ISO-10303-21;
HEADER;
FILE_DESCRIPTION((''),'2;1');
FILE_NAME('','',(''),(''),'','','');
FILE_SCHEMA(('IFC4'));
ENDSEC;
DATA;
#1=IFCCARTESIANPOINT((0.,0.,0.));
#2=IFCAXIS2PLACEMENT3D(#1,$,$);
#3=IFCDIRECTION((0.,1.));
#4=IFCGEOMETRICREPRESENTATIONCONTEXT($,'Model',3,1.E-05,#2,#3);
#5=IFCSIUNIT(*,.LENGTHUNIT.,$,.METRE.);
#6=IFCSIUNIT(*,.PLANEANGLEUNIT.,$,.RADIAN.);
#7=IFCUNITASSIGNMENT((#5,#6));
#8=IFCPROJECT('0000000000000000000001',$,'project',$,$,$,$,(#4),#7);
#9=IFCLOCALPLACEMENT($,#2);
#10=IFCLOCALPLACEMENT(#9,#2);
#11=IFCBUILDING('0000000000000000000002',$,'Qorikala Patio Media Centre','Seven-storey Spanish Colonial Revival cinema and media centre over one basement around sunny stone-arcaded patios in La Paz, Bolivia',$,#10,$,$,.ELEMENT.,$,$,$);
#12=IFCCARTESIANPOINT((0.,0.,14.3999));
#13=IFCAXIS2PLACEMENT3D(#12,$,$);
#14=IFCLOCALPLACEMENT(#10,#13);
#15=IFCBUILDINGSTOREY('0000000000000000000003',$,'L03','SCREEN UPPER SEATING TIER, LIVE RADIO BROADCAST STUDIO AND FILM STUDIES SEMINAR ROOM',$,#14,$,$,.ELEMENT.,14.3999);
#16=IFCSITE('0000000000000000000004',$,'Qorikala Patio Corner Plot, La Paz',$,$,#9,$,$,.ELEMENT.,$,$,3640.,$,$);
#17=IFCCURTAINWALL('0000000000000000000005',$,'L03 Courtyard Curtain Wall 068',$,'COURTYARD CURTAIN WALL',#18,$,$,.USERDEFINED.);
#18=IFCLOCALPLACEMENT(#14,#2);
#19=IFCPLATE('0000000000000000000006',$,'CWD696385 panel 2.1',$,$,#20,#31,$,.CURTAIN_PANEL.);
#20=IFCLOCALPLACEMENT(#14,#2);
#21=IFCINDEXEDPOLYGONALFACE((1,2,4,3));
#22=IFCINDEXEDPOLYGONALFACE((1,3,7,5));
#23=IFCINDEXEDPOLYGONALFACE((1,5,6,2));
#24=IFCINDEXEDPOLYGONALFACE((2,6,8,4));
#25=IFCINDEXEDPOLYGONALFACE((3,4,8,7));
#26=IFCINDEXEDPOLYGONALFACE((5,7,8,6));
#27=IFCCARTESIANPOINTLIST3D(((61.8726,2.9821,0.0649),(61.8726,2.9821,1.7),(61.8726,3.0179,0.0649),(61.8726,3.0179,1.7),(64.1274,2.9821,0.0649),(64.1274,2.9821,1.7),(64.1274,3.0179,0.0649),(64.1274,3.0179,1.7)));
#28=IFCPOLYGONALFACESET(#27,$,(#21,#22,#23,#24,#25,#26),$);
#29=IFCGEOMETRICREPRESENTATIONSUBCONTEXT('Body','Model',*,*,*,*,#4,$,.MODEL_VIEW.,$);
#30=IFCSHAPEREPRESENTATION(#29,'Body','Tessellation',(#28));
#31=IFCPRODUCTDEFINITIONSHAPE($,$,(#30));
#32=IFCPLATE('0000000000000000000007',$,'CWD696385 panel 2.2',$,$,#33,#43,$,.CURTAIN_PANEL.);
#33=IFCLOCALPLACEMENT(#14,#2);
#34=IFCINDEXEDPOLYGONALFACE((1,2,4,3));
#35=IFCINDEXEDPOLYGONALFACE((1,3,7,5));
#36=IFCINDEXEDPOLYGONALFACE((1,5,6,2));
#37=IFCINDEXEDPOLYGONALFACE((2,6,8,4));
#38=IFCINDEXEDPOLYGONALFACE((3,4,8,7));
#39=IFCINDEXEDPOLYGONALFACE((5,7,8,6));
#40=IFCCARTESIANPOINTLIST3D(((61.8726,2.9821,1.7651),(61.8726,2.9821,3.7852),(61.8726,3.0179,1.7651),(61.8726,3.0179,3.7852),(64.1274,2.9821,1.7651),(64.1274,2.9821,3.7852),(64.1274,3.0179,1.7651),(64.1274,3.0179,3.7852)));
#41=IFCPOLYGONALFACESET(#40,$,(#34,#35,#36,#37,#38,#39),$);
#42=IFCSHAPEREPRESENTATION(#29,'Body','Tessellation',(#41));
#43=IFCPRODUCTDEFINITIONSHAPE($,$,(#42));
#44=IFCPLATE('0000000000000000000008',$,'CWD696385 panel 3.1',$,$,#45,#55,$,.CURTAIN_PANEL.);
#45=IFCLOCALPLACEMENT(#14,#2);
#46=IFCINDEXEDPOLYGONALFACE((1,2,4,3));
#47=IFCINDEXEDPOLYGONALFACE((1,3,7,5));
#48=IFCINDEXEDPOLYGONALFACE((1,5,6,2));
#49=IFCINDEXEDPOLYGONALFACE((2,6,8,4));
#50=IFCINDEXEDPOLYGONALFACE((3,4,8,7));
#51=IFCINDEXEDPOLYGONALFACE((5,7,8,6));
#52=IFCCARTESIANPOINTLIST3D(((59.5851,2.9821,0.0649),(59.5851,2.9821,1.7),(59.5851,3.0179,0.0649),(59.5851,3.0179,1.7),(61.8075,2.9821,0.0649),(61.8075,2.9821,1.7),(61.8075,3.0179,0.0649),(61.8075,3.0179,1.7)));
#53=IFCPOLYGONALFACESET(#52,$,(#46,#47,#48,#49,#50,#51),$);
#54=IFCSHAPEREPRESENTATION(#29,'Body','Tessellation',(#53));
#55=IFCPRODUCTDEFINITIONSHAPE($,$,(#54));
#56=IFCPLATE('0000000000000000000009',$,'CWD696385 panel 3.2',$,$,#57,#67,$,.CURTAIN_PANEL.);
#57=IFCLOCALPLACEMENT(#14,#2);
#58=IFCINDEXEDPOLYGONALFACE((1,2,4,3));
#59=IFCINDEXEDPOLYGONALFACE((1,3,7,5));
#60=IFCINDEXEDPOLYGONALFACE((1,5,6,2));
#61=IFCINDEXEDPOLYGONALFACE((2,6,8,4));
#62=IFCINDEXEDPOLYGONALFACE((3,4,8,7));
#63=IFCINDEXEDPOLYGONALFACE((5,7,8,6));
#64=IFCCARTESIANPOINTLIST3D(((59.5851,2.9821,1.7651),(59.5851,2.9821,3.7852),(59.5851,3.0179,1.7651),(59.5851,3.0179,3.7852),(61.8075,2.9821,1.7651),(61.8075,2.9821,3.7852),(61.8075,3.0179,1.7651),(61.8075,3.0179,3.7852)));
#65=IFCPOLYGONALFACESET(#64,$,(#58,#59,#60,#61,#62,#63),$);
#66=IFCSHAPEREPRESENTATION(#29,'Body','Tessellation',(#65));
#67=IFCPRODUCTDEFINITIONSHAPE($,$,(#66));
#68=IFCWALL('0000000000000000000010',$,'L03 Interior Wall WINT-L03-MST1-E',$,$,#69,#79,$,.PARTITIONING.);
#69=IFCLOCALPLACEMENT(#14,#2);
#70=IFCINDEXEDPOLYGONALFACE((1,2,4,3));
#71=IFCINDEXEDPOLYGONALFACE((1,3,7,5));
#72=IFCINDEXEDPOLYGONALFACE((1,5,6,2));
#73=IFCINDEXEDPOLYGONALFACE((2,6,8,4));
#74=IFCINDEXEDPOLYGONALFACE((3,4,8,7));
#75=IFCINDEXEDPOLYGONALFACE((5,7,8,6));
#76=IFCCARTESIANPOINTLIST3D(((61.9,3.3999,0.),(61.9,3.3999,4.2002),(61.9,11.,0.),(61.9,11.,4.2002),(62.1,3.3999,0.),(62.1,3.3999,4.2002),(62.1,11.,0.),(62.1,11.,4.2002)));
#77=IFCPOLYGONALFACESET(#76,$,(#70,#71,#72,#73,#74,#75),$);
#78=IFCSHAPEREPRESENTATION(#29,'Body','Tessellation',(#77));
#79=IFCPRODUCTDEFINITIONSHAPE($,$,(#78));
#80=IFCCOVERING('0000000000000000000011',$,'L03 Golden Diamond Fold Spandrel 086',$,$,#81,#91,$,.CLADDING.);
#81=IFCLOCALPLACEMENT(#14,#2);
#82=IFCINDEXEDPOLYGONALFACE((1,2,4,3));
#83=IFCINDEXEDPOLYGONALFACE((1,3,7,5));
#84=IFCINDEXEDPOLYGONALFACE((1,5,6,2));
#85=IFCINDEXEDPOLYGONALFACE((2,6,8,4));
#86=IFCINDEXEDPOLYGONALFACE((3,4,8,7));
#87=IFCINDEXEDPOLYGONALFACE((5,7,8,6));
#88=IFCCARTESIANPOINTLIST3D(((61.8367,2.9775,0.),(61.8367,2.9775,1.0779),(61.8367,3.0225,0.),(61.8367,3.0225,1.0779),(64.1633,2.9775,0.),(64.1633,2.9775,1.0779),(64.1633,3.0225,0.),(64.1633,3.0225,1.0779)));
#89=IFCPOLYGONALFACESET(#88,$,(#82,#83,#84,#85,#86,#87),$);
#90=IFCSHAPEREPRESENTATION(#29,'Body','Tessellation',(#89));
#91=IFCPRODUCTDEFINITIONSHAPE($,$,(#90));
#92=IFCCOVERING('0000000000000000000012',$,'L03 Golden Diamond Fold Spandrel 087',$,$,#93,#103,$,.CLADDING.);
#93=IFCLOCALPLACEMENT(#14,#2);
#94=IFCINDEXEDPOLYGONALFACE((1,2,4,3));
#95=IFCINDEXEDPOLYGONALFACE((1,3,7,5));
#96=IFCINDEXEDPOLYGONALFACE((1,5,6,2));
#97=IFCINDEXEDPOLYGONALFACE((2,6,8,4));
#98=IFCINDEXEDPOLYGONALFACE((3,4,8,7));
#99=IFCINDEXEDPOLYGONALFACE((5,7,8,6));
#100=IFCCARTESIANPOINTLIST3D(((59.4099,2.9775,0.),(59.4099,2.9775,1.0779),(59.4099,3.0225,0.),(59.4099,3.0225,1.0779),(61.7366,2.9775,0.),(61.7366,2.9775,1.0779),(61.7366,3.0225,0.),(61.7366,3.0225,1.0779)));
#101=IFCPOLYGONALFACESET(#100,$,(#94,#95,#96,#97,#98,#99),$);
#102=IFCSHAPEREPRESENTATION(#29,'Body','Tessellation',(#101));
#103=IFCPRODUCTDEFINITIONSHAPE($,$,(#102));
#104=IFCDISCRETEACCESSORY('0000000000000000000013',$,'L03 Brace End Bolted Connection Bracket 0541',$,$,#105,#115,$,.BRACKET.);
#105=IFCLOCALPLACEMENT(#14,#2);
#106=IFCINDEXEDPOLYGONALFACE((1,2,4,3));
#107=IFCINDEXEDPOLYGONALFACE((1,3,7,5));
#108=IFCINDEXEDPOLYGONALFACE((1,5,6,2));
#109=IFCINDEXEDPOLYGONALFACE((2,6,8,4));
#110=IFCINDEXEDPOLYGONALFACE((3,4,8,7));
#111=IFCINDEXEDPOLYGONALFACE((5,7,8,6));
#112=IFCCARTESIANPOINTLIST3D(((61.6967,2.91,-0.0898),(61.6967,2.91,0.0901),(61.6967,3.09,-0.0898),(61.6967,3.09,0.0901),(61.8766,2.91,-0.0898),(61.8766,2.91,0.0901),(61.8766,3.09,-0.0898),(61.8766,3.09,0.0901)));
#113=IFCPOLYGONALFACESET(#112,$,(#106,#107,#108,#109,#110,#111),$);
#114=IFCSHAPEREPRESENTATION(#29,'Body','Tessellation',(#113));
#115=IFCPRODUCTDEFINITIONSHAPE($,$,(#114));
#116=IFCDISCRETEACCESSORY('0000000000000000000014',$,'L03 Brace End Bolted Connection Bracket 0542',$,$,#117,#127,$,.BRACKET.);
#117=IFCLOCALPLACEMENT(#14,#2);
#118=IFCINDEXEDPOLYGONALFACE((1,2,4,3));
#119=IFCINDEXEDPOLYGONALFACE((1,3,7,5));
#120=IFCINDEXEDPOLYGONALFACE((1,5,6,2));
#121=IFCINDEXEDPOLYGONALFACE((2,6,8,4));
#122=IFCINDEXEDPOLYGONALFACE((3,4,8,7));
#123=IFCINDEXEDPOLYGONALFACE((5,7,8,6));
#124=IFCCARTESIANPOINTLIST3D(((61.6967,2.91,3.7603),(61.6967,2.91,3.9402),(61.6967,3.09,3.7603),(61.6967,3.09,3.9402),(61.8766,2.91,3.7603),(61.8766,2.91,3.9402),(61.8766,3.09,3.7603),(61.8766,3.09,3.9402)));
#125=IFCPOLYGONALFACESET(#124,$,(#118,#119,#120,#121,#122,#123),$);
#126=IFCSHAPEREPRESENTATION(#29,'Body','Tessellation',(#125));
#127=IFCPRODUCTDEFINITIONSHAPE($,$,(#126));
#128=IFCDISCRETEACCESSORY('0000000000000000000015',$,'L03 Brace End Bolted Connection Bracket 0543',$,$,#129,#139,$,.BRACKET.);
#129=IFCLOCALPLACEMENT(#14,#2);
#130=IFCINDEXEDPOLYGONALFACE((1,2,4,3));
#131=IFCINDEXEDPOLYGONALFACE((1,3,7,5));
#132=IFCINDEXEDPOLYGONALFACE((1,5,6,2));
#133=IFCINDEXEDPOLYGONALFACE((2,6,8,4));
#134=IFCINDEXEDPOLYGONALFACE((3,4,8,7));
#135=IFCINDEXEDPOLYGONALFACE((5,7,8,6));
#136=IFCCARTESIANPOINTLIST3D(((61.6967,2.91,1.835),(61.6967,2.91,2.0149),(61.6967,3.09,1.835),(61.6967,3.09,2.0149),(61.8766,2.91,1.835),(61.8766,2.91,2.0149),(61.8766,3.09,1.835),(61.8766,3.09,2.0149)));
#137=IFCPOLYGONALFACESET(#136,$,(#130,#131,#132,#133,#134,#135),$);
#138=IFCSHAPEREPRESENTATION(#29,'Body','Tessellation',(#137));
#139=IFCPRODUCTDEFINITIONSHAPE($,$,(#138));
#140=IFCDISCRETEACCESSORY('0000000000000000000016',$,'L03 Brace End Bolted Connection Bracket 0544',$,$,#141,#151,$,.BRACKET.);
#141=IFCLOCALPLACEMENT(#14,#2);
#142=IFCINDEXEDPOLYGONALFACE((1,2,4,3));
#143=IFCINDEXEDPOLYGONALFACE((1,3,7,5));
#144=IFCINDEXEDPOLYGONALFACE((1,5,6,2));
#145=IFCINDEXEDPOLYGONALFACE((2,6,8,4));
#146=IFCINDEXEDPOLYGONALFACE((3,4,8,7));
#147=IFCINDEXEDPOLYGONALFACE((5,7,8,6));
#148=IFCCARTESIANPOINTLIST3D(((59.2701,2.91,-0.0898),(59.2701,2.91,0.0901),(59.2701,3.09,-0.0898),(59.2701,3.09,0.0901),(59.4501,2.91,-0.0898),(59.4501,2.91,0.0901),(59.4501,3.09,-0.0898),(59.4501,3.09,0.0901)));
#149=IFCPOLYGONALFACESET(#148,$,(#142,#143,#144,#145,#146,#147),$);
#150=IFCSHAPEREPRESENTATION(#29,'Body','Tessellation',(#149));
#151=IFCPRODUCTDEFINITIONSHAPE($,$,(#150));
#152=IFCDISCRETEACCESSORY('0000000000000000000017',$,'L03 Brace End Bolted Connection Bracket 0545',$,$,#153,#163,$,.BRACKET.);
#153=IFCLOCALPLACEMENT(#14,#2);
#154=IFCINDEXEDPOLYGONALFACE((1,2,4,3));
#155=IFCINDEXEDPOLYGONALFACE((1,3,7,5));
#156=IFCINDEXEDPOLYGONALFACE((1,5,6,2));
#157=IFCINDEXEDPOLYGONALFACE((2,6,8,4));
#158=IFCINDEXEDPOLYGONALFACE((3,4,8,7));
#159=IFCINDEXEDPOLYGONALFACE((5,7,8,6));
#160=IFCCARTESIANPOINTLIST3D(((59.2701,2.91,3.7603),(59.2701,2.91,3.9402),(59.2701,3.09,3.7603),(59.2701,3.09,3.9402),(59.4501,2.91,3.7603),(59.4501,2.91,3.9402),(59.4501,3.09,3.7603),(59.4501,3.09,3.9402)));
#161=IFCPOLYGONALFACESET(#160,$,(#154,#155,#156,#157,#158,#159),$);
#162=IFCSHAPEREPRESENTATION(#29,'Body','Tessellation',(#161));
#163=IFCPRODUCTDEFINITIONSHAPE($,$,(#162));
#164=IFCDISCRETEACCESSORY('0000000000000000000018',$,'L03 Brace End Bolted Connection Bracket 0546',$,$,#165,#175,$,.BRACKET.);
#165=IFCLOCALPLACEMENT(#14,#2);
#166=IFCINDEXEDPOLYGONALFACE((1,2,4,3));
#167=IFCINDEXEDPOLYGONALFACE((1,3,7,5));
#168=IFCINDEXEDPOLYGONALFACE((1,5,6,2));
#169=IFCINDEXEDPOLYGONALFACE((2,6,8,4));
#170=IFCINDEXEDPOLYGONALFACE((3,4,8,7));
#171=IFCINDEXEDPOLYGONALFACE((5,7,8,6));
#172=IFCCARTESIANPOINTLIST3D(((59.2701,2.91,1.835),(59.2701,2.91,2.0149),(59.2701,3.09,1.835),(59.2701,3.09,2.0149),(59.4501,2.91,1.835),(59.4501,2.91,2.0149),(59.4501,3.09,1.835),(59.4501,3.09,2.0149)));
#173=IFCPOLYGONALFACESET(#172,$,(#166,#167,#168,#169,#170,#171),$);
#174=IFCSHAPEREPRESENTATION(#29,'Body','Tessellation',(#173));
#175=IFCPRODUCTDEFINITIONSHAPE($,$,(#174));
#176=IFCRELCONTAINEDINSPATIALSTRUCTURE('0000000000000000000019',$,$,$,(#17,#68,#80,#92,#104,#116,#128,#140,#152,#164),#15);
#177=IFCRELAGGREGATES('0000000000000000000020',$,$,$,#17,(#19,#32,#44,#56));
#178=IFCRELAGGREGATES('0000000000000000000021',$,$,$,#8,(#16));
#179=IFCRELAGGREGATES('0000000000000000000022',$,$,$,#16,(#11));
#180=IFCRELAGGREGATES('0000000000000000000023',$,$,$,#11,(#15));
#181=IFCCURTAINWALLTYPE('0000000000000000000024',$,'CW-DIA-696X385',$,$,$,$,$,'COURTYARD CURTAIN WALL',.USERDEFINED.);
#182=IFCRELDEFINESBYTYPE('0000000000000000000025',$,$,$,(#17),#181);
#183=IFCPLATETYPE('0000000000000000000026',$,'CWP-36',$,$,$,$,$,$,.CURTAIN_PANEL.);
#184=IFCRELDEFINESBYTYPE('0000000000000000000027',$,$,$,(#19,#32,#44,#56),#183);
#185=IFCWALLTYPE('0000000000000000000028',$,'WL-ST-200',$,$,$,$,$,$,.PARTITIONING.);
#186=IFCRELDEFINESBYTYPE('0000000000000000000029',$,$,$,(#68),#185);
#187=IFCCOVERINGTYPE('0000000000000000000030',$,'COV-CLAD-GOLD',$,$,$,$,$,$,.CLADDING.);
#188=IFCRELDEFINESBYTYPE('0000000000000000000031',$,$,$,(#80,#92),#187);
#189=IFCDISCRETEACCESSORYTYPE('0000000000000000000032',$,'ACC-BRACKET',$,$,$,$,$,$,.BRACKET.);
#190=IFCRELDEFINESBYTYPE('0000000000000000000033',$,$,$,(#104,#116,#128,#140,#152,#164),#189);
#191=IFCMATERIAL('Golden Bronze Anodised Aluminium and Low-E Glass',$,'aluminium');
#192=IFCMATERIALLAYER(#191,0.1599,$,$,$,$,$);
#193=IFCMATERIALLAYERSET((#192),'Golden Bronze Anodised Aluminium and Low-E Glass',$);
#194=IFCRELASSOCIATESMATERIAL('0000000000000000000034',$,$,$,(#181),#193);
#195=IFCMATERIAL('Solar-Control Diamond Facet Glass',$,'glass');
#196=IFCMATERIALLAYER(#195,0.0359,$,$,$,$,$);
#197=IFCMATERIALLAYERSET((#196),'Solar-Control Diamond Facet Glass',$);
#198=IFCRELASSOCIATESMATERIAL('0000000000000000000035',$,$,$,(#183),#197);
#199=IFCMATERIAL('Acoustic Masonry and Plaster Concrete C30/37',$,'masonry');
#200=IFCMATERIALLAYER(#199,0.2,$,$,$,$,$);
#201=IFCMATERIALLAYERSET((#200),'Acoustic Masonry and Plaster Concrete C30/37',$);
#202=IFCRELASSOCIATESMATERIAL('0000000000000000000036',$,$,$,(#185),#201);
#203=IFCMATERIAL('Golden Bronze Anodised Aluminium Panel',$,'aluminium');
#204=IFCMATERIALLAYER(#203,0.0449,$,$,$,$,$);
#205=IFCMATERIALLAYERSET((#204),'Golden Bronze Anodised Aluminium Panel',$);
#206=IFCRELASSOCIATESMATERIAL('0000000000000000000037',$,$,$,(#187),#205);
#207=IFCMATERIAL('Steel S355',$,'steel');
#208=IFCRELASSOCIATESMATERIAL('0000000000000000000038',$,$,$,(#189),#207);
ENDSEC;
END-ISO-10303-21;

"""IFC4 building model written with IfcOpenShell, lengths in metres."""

from ifc_helpers import new_model, si_unit, direction, frame, frame_2d, origin, origin_2d, place, context, subcontext, project, spatial, rectangle, extrude, material, layer, layer_set, type_object, element, aggregate, save


model = new_model("IFC4")

# Units and contexts
model_context = context("Model", 3, precision=1e-05, world=origin(), true_north=direction((0.0, 1.0)))
body_context = subcontext(model_context, "Body", "Model", "MODEL_VIEW")
ifc_project = project(units=[si_unit("LENGTHUNIT", "METRE"), si_unit("PLANEANGLEUNIT", "RADIAN")], contexts=[model_context])

# Site, building, storey
site_placement = place(None, origin())
site = spatial("IfcSite", under=ifc_project, at=site_placement, Name="Qorikala Patio Corner Plot, La Paz", CompositionType="ELEMENT", RefElevation=3640.0)
building_placement = place(site_placement, origin())
building = spatial("IfcBuilding", under=site, at=building_placement, Name="Qorikala Patio Media Centre", Description="Seven-storey Spanish Colonial Revival cinema and media centre over one basement around sunny stone-arcaded patios in La Paz, Bolivia", CompositionType="ELEMENT")
storey_placement = place(building_placement, frame((0.0, 0.0, 14.3999)))
storey = spatial("IfcBuildingStorey", under=building, at=storey_placement, Name="L03", Description="SCREEN UPPER SEATING TIER, LIVE RADIO BROADCAST STUDIO AND FILM STUDIES SEMINAR ROOM", CompositionType="ELEMENT", Elevation=14.3999)

# Curtain wall
ifc_material_1 = material(Name="Golden Bronze Anodised Aluminium and Low-E Glass", Category="aluminium")
ifc_layer_1 = layer(ifc_material_1, 0.1599)
ifc_layer_set_1 = layer_set([ifc_layer_1], Name="Golden Bronze Anodised Aluminium and Low-E Glass")
curtain_wall_type = type_object("IfcCurtainWallType", Name="CW-DIA-696X385", ElementType="COURTYARD CURTAIN WALL", PredefinedType="USERDEFINED", material=ifc_layer_set_1)
curtain_wall_placement = place(storey_placement, origin())
curtain_wall = element("IfcCurtainWall", 1, at=curtain_wall_placement, inside=storey, type_object=curtain_wall_type, Name="L03 Courtyard Curtain Wall 068", ObjectType="COURTYARD CURTAIN WALL", PredefinedType="USERDEFINED")

# Plates
ifc_material_2 = material(Name="Solar-Control Diamond Facet Glass", Category="glass")
ifc_layer_2 = layer(ifc_material_2, 0.0359)
ifc_layer_set_2 = layer_set([ifc_layer_2], Name="Solar-Control Diamond Facet Glass")
plate_type = type_object("IfcPlateType", Name="CWP-36", PredefinedType="CURTAIN_PANEL", material=ifc_layer_set_2)
plate_1_placement = place(storey_placement, frame((63.0, 3.0, 0.0649), z_axis=(0.0, 0.0, 1.0), x_axis=(-1.0, 0.0, 0.0)))
plate_1 = element("IfcPlate", 2, at=plate_1_placement, type_object=plate_type, Name="CWD696385 panel 2.1", PredefinedType="CURTAIN_PANEL", context=body_context, shape_type="SweptSolid", body=[
    extrude(rectangle(XDim=2.2549, YDim=0.0359, at=origin_2d()), origin(), (0.0, 0.0, 1.0), 1.635),
])
plate_2_placement = place(storey_placement, frame((63.0, 3.0, 1.7651), z_axis=(0.0, 0.0, 1.0), x_axis=(-1.0, 0.0, 0.0)))
plate_2 = element("IfcPlate", 3, at=plate_2_placement, type_object=plate_type, Name="CWD696385 panel 2.2", PredefinedType="CURTAIN_PANEL", context=body_context, shape_type="SweptSolid", body=[
    extrude(rectangle(XDim=2.2549, YDim=0.0359, at=origin_2d()), origin(), (0.0, 0.0, 1.0), 2.02),
])
plate_3_placement = place(storey_placement, frame((60.6963, 3.0, 0.0649), z_axis=(0.0, 0.0, 1.0), x_axis=(-1.0, 0.0, 0.0)))
plate_3 = element("IfcPlate", 4, at=plate_3_placement, type_object=plate_type, Name="CWD696385 panel 3.1", PredefinedType="CURTAIN_PANEL", context=body_context, shape_type="SweptSolid", body=[
    extrude(rectangle(XDim=2.2224, YDim=0.0359, at=origin_2d()), origin(), (0.0, 0.0, 1.0), 1.635),
])
plate_4_placement = place(storey_placement, frame((60.6963, 3.0, 1.7651), z_axis=(0.0, 0.0, 1.0), x_axis=(-1.0, 0.0, 0.0)))
plate_4 = element("IfcPlate", 5, at=plate_4_placement, type_object=plate_type, Name="CWD696385 panel 3.2", PredefinedType="CURTAIN_PANEL", context=body_context, shape_type="SweptSolid", body=[
    extrude(rectangle(XDim=2.2224, YDim=0.0359, at=origin_2d()), origin(), (0.0, 0.0, 1.0), 2.02),
])
aggregate(curtain_wall, [plate_1, plate_2, plate_3, plate_4])

# Wall
ifc_material_3 = material(Name="Acoustic Masonry and Plaster Concrete C30/37", Category="masonry")
ifc_layer_3 = layer(ifc_material_3, 0.2)
ifc_layer_set_3 = layer_set([ifc_layer_3], Name="Acoustic Masonry and Plaster Concrete C30/37")
wall_type = type_object("IfcWallType", Name="WL-ST-200", PredefinedType="PARTITIONING", material=ifc_layer_set_3)
wall_placement = place(storey_placement, frame((62.0, 3.3999, 0.0), z_axis=(0.0, 0.0, 1.0), x_axis=(0.0, 1.0, 0.0)))
element("IfcWall", 6, at=wall_placement, inside=storey, type_object=wall_type, Name="L03 Interior Wall WINT-L03-MST1-E", PredefinedType="PARTITIONING", context=body_context, shape_type="SweptSolid", body=[
    extrude(rectangle(XDim=7.6001, YDim=0.2, at=frame_2d((3.8, 0.0))), origin(), (0.0, 0.0, 1.0), 4.2002),
])

# Coverings
ifc_material_4 = material(Name="Golden Bronze Anodised Aluminium Panel", Category="aluminium")
ifc_layer_4 = layer(ifc_material_4, 0.0449)
ifc_layer_set_4 = layer_set([ifc_layer_4], Name="Golden Bronze Anodised Aluminium Panel")
covering_type = type_object("IfcCoveringType", Name="COV-CLAD-GOLD", PredefinedType="CLADDING", material=ifc_layer_set_4)
for number, where, z_axis, x_axis, name in (
    (7, (63.0, 3.0, 0.0), (0.0, 0.0, 1.0), (-1.0, 0.0, 0.0), "L03 Golden Diamond Fold Spandrel 086"),
    (8, (60.5732, 3.0, 0.0), (0.0, 0.0, 1.0), (-1.0, 0.0, 0.0), "L03 Golden Diamond Fold Spandrel 087"),
):
    element("IfcCovering", number, at=place(storey_placement, frame(where, z_axis=z_axis, x_axis=x_axis)), inside=storey, type_object=covering_type, Name=name, PredefinedType="CLADDING", context=body_context, shape_type="SweptSolid", body=[
        extrude(rectangle(XDim=2.3267, YDim=0.0449, at=origin_2d()), origin(), (0.0, 0.0, 1.0), 1.0779),
    ])

# Discrete accessories
ifc_material_5 = material(Name="Steel S355", Category="steel")
discrete_accessory_type = type_object("IfcDiscreteAccessoryType", Name="ACC-BRACKET", PredefinedType="BRACKET", material=ifc_material_5)
for number, where, z_axis, x_axis, name in (
    (9, (61.7866, 3.0, -0.0898), (0.0, 0.0, 1.0), (1.0, 0.0, 0.0), "L03 Brace End Bolted Connection Bracket 0541"),
    (10, (61.7866, 3.0, 3.7603), (0.0, 0.0, 1.0), (1.0, 0.0, 0.0), "L03 Brace End Bolted Connection Bracket 0542"),
    (11, (61.7866, 3.0, 1.835), (0.0, 0.0, 1.0), (1.0, 0.0, 0.0), "L03 Brace End Bolted Connection Bracket 0543"),
    (12, (59.3601, 3.0, -0.0898), (0.0, 0.0, 1.0), (1.0, 0.0, 0.0), "L03 Brace End Bolted Connection Bracket 0544"),
    (13, (59.3601, 3.0, 3.7603), (0.0, 0.0, 1.0), (1.0, 0.0, 0.0), "L03 Brace End Bolted Connection Bracket 0545"),
    (14, (59.3601, 3.0, 1.835), (0.0, 0.0, 1.0), (1.0, 0.0, 0.0), "L03 Brace End Bolted Connection Bracket 0546"),
):
    element("IfcDiscreteAccessory", number, at=place(storey_placement, frame(where, z_axis=z_axis, x_axis=x_axis)), inside=storey, type_object=discrete_accessory_type, Name=name, PredefinedType="BRACKET", context=body_context, shape_type="SweptSolid", body=[
        extrude(rectangle(XDim=0.1799, YDim=0.1799, at=origin_2d()), origin(), (0.0, 0.0, 1.0), 0.1799),
    ])

save(model, "model.ifc")
